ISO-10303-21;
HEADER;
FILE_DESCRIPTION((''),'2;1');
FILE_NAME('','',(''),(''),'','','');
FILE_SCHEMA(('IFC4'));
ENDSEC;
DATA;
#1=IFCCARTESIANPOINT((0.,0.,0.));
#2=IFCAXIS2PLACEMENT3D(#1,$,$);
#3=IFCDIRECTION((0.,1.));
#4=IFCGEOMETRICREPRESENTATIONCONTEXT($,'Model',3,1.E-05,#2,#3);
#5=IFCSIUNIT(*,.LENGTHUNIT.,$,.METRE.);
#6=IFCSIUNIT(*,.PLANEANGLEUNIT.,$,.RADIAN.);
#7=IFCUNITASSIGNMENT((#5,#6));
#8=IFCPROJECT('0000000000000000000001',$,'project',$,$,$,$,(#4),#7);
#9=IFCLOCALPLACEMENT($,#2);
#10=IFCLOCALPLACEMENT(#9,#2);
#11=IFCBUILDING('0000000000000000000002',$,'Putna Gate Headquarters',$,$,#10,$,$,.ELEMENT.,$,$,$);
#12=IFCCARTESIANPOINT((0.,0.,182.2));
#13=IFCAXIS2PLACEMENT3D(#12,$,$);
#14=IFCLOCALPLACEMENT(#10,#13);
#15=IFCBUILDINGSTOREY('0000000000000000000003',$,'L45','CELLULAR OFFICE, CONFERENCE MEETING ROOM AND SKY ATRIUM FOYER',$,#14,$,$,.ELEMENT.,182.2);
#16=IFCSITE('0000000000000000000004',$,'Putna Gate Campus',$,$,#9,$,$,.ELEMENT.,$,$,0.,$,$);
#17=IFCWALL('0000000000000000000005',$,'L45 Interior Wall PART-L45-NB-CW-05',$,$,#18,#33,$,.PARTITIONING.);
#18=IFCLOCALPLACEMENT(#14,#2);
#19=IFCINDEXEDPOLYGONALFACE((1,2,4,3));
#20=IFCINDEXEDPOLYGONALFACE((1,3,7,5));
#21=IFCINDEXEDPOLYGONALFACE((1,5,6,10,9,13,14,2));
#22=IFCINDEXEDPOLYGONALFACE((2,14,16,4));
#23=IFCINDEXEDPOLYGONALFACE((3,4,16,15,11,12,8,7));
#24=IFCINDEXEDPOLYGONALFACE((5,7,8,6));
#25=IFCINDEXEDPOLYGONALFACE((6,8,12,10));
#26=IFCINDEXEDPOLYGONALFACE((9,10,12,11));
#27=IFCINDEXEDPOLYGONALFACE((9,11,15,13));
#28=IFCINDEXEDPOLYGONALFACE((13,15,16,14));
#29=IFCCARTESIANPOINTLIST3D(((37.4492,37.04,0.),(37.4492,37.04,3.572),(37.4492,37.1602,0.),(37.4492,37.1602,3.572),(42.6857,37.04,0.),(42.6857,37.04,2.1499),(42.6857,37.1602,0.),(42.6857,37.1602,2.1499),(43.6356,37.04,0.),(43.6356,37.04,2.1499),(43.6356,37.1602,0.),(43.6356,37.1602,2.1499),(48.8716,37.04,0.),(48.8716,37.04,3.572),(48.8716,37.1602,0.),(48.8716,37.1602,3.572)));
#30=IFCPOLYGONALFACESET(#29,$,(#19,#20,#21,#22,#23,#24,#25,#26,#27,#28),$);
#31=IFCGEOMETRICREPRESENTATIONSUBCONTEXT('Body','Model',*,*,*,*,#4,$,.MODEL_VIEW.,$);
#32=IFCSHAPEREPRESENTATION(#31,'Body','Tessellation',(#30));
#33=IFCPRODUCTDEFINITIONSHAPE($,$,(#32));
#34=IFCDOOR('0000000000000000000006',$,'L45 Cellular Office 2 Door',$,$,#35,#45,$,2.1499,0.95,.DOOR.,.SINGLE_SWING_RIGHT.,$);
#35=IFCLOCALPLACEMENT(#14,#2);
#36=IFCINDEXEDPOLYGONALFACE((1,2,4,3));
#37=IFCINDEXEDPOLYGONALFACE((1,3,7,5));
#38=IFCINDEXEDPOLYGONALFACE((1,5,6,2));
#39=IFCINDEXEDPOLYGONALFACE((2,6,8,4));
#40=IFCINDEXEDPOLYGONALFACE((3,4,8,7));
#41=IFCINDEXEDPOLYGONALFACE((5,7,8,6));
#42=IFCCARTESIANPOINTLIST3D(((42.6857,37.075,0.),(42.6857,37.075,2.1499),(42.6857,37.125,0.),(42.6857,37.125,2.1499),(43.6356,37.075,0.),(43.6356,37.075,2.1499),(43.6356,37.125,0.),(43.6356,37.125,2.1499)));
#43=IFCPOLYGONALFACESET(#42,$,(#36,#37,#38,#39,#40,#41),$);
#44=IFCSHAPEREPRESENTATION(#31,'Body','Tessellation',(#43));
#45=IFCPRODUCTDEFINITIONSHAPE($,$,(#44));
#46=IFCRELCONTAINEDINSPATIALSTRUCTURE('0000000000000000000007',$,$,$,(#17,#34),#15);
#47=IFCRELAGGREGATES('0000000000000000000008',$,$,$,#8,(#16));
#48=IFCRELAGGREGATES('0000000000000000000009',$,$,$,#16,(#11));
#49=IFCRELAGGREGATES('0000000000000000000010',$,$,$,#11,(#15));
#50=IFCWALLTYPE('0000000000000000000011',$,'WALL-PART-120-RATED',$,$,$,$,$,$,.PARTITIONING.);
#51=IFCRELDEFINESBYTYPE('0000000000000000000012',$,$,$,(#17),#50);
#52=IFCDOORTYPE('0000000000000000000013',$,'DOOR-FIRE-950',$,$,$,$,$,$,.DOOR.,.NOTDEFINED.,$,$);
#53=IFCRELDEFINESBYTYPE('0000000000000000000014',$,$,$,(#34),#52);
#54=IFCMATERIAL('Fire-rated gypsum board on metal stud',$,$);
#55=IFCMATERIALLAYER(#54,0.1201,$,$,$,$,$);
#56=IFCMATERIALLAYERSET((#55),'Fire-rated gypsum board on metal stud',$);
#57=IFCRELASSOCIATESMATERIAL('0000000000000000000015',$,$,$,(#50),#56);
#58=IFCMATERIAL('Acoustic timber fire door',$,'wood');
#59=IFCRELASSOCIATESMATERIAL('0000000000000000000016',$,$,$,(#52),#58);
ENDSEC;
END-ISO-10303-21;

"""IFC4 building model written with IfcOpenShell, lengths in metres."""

from ifc_helpers import new_model, si_unit, direction, frame, frame_2d, origin, place, context, subcontext, project, spatial, rectangle, extrude, material, layer, layer_set, type_object, element, fill, save


model = new_model("IFC4")

# Units and contexts
model_context = context("Model", 3, precision=1e-05, world=origin(), true_north=direction((0.0, 1.0)))
body_context = subcontext(model_context, "Body", "Model", "MODEL_VIEW")
ifc_project = project(units=[si_unit("LENGTHUNIT", "METRE"), si_unit("PLANEANGLEUNIT", "RADIAN")], contexts=[model_context])

# Site, building, storey
site_placement = place(None, origin())
site = spatial("IfcSite", under=ifc_project, at=site_placement, Name="Putna Gate Campus", CompositionType="ELEMENT", RefElevation=0.0)
building_placement = place(site_placement, origin())
building = spatial("IfcBuilding", under=site, at=building_placement, Name="Putna Gate Headquarters", CompositionType="ELEMENT")
storey_placement = place(building_placement, frame((0.0, 0.0, 182.2)))
storey = spatial("IfcBuildingStorey", under=building, at=storey_placement, Name="L45", Description="CELLULAR OFFICE, CONFERENCE MEETING ROOM AND SKY ATRIUM FOYER", CompositionType="ELEMENT", Elevation=182.2)

# Wall, opening, door
ifc_material_1 = material(Name="Fire-rated gypsum board on metal stud")
ifc_layer_1 = layer(ifc_material_1, 0.1201)
ifc_layer_set_1 = layer_set([ifc_layer_1], Name="Fire-rated gypsum board on metal stud")
wall_type_1 = type_object("IfcWallType", Name="WALL-PART-120-RATED", PredefinedType="PARTITIONING", material=ifc_layer_set_1)
wall_1_placement = place(storey_placement, frame((37.4492, 37.1001, 0.0), z_axis=(0.0, 0.0, 1.0), x_axis=(1.0, 0.0, 0.0)))
wall_1 = element("IfcWall", 1, at=wall_1_placement, inside=storey, type_object=wall_type_1, Name="L45 Interior Wall PART-L45-NB-CW-05", PredefinedType="PARTITIONING", context=body_context, shape_type="SweptSolid", body=[
    extrude(rectangle(XDim=11.4224, YDim=0.1201, at=frame_2d((5.7112, 0.0))), origin(), (0.0, 0.0, 1.0), 3.572),
])
opening_1_placement = place(wall_1_placement, frame((5.2363, 0.0, 0.0)))
opening_1 = element("IfcOpeningElement", 2, at=opening_1_placement, cuts=wall_1, PredefinedType="OPENING", context=body_context, shape_type="SweptSolid", body=[
    extrude(rectangle(XDim=0.95, YDim=2.1499, at=frame_2d((0.4751, 1.075))), frame((0.0, 0.0701, 0.0), z_axis=(0.0, -1.0, 0.0), x_axis=(1.0, 0.0, 0.0)), (0.0, 0.0, 1.0), 0.1401),
])
ifc_material_2 = material(Name="Acoustic timber fire door", Category="wood")
door_type_1 = type_object("IfcDoorType", Name="DOOR-FIRE-950", OperationType="NOTDEFINED", PredefinedType="DOOR", material=ifc_material_2)
door_1_placement = place(opening_1_placement, origin())
door_1 = element("IfcDoor", 3, at=door_1_placement, inside=storey, type_object=door_type_1, Name="L45 Cellular Office 2 Door", OperationType="SINGLE_SWING_RIGHT", OverallHeight=2.1499, OverallWidth=0.95, PredefinedType="DOOR", context=body_context, shape_type="SweptSolid", body=[
    extrude(rectangle(XDim=0.95, YDim=2.1499, at=frame_2d((0.4751, 1.075))), frame((0.0, 0.0249, 0.0), z_axis=(0.0, -1.0, 0.0), x_axis=(1.0, 0.0, 0.0)), (0.0, 0.0, 1.0), 0.05),
])
fill(opening_1, door_1)

save(model, "model.ifc")
